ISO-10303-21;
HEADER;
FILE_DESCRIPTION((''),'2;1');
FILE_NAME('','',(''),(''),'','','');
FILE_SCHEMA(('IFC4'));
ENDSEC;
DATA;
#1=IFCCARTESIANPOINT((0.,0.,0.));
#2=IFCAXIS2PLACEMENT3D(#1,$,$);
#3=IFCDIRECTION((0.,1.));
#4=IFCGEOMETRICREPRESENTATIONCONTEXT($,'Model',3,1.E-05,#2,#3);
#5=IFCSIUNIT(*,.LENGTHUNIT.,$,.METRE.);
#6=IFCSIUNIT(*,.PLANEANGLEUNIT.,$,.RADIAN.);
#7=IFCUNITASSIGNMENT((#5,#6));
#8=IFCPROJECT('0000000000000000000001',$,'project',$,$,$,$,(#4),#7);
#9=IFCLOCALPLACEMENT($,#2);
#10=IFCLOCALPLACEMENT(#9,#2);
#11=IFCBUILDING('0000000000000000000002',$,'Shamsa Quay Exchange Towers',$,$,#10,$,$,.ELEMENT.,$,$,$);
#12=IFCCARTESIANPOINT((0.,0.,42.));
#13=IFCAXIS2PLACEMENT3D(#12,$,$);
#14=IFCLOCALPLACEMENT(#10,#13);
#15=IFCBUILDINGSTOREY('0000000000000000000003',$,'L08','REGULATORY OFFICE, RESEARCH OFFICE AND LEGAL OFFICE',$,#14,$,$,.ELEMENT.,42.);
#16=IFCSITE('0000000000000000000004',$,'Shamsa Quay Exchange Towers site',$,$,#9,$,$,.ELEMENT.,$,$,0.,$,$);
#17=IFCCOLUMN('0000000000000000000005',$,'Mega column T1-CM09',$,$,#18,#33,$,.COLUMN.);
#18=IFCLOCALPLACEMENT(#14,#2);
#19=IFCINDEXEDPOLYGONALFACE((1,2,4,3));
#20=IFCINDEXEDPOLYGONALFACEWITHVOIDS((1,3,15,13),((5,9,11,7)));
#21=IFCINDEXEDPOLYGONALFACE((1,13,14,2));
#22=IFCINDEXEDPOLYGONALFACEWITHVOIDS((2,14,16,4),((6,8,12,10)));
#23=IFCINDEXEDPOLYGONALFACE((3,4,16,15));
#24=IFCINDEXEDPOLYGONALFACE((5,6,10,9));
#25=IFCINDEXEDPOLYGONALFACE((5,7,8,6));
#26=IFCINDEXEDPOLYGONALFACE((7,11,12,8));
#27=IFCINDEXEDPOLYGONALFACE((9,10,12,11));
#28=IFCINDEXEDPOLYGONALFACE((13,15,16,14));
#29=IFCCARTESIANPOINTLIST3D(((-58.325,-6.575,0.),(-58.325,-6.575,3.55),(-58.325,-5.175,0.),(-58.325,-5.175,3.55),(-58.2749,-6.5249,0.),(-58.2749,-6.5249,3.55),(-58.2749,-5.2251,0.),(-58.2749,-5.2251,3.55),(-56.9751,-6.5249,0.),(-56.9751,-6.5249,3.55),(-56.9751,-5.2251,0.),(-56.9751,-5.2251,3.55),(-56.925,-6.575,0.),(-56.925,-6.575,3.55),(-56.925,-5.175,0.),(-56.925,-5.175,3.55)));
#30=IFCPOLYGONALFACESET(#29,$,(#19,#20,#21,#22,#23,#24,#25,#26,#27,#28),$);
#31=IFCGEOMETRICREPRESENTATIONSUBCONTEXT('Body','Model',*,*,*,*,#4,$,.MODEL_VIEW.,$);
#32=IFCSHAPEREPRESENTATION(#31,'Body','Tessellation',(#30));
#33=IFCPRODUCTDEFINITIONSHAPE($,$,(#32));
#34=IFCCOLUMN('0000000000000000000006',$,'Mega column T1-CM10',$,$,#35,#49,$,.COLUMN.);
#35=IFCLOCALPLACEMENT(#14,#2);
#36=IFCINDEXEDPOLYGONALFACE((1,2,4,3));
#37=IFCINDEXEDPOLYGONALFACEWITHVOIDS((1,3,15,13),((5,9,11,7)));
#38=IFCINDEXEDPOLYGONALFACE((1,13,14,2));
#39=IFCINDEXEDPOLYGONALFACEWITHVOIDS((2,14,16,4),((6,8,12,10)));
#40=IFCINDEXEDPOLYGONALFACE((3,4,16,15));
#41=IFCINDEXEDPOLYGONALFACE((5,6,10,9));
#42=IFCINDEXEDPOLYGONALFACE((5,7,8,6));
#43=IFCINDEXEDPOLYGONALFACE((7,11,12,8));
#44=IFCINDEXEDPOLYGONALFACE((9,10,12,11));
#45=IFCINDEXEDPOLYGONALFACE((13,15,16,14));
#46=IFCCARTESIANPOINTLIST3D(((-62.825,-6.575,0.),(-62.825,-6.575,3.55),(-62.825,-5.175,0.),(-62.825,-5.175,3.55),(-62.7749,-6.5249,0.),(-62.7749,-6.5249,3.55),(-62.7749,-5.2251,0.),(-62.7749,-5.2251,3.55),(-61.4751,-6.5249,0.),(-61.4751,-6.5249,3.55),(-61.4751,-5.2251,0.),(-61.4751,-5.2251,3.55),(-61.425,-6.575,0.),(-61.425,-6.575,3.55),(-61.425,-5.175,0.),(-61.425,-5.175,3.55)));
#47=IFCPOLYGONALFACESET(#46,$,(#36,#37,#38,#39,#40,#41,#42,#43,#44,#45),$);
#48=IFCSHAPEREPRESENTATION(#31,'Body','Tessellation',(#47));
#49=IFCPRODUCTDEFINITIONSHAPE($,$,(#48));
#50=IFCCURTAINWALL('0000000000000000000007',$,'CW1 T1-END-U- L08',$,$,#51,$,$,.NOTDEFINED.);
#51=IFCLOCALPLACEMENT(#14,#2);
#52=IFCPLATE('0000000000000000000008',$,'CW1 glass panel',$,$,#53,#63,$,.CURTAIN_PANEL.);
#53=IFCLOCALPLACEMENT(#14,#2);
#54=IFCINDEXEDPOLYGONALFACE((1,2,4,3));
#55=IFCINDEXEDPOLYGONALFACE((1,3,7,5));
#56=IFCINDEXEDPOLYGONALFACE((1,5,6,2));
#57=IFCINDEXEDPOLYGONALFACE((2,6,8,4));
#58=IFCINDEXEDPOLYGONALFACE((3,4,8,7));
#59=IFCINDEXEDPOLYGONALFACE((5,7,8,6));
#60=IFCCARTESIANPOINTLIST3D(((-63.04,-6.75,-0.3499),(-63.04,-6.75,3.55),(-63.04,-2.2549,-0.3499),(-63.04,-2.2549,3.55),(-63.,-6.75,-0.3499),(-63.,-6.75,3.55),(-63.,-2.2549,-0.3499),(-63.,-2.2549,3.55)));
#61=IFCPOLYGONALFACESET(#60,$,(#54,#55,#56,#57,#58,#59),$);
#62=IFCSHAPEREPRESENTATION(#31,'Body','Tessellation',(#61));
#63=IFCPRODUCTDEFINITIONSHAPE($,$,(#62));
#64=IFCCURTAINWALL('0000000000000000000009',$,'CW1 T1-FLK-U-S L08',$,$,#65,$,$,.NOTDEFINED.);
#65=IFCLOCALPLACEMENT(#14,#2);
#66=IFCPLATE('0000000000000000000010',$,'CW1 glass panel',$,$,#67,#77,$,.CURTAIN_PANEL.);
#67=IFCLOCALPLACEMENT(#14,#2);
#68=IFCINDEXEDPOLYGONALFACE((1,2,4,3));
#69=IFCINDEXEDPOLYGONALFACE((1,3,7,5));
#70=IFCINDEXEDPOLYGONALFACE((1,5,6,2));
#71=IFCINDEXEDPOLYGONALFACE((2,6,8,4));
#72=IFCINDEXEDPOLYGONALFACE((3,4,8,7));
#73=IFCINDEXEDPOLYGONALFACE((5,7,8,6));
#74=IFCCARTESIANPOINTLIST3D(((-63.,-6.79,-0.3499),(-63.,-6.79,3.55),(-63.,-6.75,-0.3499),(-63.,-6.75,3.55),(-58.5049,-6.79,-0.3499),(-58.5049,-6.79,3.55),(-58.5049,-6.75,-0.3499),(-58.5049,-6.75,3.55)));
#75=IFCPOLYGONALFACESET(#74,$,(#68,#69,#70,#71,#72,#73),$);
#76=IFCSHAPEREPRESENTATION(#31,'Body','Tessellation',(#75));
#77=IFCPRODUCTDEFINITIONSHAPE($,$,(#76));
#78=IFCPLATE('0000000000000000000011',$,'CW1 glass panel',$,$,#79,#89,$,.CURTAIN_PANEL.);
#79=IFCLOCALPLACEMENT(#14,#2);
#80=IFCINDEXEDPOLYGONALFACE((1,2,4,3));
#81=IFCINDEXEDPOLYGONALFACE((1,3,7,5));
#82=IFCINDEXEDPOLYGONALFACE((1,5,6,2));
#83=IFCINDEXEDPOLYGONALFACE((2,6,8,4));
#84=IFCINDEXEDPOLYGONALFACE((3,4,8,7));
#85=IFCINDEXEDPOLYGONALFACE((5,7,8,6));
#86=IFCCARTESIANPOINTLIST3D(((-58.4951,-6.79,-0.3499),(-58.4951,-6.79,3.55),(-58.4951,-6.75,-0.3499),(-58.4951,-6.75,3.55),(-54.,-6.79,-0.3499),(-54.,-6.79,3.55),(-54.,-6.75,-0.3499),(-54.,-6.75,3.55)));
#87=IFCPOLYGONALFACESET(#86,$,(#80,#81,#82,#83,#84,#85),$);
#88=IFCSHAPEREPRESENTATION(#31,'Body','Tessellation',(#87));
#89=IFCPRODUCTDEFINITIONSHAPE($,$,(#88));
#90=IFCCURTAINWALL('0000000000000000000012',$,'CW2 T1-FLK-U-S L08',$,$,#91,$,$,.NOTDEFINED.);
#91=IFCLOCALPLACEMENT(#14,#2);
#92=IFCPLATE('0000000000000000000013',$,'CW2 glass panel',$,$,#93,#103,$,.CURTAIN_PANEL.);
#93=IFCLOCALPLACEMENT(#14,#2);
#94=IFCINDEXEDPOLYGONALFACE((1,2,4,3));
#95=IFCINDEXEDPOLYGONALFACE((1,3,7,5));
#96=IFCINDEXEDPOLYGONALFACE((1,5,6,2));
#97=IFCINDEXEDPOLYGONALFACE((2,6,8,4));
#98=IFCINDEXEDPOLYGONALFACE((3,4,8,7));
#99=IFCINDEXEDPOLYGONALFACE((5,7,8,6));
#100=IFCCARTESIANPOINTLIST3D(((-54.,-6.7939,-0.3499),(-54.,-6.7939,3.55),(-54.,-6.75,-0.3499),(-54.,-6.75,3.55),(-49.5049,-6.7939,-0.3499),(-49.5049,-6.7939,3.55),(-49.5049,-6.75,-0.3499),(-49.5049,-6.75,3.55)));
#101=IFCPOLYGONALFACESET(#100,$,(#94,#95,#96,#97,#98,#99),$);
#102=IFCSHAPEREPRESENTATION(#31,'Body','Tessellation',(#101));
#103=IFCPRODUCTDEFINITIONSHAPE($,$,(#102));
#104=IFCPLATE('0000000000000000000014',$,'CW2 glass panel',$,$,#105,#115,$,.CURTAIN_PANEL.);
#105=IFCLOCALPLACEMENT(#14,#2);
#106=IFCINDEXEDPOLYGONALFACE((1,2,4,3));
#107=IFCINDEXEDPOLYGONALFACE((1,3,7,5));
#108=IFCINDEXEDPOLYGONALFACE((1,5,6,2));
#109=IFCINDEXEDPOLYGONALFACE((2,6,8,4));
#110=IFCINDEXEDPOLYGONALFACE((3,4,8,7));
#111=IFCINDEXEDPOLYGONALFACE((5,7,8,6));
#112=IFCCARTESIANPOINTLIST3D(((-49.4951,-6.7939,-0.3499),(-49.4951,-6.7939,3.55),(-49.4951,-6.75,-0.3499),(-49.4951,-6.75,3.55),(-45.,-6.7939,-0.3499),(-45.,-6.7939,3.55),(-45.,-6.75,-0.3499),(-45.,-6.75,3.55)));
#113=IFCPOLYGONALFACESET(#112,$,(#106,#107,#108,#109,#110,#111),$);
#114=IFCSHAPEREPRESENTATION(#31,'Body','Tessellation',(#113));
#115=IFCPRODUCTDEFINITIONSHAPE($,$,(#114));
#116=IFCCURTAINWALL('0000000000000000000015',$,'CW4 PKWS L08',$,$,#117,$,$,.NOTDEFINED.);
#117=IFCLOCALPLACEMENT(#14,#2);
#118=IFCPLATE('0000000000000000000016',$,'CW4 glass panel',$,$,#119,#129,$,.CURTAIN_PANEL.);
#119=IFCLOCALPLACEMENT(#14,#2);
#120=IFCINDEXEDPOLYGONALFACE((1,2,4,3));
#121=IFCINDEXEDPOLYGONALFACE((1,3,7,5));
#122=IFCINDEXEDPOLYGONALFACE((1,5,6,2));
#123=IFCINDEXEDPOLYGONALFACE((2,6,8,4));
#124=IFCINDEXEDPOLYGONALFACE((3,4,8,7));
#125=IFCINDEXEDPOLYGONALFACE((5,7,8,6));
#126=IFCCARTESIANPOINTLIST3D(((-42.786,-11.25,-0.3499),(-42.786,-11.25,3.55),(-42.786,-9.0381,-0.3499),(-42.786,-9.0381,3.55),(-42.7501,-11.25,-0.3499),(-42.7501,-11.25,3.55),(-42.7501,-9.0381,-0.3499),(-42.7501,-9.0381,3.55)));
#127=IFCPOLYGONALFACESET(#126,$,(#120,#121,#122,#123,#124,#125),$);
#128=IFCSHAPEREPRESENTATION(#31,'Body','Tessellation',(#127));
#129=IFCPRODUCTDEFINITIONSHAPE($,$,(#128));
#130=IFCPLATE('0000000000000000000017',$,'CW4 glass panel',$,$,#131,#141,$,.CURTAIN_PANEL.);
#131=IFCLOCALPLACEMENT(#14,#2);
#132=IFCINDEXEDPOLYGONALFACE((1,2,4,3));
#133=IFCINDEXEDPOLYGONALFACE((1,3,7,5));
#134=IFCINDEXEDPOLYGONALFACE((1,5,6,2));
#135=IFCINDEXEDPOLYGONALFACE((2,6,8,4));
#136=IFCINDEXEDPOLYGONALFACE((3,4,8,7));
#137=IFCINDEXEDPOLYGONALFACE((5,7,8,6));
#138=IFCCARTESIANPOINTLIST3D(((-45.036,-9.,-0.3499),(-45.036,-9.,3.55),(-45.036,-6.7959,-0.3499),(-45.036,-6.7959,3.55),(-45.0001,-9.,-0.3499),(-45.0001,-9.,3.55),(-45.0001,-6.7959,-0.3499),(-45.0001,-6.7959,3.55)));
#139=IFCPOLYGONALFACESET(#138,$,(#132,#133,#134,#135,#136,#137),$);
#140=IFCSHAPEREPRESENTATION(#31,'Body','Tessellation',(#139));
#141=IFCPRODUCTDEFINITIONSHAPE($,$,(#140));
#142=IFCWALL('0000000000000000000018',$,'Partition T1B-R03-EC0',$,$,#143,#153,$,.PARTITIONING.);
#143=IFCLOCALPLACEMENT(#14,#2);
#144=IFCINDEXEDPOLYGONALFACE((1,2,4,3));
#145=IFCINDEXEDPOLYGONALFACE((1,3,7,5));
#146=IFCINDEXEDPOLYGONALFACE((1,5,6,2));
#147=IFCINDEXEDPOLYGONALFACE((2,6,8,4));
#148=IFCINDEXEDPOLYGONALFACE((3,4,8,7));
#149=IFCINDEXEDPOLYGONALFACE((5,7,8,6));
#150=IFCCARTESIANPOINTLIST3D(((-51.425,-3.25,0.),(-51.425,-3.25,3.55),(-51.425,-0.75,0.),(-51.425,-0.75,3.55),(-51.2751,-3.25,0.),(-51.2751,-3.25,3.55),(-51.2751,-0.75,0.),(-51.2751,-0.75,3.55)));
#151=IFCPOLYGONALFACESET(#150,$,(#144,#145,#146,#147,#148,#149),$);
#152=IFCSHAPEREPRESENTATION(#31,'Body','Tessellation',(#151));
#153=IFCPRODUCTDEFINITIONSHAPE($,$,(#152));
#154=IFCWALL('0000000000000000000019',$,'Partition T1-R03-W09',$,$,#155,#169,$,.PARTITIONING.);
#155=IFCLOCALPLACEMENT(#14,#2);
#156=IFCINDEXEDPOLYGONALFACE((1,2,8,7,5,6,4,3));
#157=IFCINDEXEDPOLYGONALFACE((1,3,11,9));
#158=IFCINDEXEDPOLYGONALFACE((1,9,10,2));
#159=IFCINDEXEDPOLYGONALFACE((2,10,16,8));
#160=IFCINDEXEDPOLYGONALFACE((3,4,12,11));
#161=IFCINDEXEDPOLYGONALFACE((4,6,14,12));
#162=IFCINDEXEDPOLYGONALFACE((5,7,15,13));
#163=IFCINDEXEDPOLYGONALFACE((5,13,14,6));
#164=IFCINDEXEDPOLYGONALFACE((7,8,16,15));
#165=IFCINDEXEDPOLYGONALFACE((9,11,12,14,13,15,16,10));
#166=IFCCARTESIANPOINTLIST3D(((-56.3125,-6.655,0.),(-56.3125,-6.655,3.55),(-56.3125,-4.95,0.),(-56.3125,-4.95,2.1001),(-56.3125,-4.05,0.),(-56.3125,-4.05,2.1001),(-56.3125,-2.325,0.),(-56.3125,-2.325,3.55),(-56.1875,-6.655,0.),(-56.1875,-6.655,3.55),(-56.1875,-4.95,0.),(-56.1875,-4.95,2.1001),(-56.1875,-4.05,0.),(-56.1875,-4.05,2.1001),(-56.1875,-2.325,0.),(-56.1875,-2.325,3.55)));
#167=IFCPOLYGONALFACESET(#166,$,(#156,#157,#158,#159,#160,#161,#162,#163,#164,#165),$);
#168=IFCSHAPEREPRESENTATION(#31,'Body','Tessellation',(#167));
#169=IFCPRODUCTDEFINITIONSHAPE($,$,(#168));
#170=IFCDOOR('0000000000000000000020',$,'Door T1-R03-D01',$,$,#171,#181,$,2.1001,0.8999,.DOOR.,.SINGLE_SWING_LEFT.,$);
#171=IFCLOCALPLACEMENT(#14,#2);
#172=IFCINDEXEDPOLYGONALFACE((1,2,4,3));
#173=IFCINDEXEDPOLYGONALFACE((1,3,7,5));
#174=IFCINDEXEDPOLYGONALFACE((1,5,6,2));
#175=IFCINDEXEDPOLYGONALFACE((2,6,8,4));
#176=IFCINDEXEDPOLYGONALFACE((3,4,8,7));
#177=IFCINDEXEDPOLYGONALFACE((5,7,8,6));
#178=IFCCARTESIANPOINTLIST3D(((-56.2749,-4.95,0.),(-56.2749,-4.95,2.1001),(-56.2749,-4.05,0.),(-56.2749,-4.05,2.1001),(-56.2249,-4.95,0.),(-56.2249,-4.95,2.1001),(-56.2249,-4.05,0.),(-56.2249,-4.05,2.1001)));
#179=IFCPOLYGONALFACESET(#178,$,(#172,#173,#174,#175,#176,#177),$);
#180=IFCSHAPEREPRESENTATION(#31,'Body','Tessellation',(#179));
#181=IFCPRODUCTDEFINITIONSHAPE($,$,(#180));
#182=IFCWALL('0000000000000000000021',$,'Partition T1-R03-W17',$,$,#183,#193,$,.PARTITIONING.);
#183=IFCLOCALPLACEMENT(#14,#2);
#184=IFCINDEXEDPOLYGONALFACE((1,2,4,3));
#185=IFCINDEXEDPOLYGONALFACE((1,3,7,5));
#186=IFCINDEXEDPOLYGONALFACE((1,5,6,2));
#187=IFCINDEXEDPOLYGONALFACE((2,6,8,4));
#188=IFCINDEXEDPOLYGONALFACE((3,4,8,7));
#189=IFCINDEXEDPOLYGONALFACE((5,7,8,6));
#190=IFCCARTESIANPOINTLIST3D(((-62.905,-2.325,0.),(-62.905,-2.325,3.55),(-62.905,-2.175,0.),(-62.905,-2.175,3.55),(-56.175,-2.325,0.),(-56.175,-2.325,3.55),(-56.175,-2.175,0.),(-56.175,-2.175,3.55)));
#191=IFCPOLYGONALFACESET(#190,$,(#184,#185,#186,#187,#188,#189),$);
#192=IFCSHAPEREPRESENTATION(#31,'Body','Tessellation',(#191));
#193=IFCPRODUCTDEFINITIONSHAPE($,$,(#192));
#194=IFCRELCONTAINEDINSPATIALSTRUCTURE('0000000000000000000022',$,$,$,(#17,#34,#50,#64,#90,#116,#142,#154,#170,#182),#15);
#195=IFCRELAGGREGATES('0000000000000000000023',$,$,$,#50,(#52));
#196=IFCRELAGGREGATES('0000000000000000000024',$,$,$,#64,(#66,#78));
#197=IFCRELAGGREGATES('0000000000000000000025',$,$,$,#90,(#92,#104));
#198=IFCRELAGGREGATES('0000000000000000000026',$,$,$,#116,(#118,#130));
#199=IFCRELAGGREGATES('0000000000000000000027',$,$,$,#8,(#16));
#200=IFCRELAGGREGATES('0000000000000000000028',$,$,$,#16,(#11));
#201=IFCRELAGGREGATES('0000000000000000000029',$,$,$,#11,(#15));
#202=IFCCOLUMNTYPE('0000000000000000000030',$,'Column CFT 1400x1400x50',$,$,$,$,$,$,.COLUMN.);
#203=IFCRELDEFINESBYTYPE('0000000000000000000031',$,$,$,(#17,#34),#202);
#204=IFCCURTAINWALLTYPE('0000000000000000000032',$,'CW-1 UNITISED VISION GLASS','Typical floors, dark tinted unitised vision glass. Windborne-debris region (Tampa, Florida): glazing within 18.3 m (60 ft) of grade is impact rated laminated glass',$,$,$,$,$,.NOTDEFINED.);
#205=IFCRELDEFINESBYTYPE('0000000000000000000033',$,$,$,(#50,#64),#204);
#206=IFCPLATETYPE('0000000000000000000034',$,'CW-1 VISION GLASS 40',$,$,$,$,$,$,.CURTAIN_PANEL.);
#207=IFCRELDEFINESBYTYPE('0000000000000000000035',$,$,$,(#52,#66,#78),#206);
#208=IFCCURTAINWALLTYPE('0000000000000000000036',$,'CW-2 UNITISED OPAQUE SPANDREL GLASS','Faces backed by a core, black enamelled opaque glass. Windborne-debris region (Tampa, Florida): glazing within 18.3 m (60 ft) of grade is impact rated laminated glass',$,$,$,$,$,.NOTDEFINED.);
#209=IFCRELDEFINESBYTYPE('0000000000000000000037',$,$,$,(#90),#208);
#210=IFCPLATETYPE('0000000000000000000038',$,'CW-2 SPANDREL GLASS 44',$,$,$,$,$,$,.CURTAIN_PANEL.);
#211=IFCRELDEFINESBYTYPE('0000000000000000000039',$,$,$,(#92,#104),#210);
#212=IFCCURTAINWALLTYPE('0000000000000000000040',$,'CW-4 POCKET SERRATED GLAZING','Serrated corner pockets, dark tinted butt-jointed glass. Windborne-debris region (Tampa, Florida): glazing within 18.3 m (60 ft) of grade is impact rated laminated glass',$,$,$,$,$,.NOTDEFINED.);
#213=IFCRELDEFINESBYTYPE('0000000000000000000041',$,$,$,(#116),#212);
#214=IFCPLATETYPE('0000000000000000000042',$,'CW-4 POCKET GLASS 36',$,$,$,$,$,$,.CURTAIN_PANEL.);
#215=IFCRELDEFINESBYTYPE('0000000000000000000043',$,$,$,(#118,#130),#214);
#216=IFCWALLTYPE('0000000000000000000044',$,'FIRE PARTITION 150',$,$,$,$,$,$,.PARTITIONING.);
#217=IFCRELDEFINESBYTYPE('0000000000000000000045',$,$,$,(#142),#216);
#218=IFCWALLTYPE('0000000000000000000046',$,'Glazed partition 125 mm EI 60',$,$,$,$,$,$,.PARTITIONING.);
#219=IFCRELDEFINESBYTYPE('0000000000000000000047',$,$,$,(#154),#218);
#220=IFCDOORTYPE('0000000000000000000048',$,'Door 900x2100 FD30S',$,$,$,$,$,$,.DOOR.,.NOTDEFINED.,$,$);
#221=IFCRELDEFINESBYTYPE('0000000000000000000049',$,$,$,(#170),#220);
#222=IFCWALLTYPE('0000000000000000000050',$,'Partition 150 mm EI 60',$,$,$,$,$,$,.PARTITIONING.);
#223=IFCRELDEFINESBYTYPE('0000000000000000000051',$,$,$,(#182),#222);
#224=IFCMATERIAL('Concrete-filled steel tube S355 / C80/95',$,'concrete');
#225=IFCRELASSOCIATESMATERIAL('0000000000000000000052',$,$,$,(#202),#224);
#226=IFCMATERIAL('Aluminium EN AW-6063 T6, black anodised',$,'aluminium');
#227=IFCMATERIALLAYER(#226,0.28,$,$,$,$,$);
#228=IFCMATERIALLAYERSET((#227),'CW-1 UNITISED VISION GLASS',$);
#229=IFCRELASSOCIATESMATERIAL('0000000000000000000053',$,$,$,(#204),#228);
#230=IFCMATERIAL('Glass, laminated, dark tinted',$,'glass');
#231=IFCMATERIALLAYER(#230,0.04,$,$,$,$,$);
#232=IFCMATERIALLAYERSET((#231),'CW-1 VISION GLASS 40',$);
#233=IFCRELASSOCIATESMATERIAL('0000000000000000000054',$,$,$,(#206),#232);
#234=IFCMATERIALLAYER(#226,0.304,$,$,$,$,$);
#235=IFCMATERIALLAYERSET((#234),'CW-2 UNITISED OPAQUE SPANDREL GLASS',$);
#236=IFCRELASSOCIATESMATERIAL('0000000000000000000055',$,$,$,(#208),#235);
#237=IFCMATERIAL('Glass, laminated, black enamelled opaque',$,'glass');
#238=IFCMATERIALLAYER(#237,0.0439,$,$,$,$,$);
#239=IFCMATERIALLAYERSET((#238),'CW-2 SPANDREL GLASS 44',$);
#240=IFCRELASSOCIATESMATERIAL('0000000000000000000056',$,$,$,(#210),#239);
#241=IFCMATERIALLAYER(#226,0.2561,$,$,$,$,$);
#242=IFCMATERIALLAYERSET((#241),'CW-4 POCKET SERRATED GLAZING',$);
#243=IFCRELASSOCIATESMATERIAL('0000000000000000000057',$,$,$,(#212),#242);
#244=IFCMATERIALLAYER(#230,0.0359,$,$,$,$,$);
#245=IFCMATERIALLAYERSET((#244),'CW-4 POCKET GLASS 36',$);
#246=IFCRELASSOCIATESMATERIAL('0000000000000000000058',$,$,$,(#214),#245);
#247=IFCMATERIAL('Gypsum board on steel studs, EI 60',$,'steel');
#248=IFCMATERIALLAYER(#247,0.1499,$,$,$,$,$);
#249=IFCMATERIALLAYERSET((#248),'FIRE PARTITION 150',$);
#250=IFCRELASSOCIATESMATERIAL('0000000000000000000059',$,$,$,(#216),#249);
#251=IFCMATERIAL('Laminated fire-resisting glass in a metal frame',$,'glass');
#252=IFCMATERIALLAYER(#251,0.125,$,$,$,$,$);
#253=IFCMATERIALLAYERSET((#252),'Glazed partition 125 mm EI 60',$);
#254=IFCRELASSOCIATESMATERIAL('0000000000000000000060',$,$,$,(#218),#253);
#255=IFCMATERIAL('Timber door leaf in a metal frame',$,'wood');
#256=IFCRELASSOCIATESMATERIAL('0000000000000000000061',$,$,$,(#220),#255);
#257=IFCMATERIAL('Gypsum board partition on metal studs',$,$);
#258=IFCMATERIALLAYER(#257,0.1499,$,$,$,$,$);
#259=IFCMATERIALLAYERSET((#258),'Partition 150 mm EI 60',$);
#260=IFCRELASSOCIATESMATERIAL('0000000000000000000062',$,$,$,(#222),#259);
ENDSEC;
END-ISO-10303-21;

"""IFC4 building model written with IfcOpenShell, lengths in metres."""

from ifc_helpers import new_model, si_unit, direction, frame, frame_2d, origin, origin_2d, place, context, subcontext, project, spatial, rectangle, hollow_rectangle, extrude, material, layer, layer_set, material_profile, profile_set, type_object, element, fill, aggregate, save


model = new_model("IFC4")

# Units and contexts
model_context = context("Model", 3, precision=1e-05, world=origin(), true_north=direction((0.0, 1.0)))
body_context = subcontext(model_context, "Body", "Model", "MODEL_VIEW")
ifc_project = project(units=[si_unit("LENGTHUNIT", "METRE"), si_unit("PLANEANGLEUNIT", "RADIAN")], contexts=[model_context])

# Site, building, storey
site_placement = place(None, origin())
site = spatial("IfcSite", under=ifc_project, at=site_placement, Name="Shamsa Quay Exchange Towers site", CompositionType="ELEMENT", RefElevation=0.0)
building_placement = place(site_placement, origin())
building = spatial("IfcBuilding", under=site, at=building_placement, Name="Shamsa Quay Exchange Towers", CompositionType="ELEMENT")
storey_placement = place(building_placement, frame((0.0, 0.0, 42.0)))
storey = spatial("IfcBuildingStorey", under=building, at=storey_placement, Name="L08", Description="REGULATORY OFFICE, RESEARCH OFFICE AND LEGAL OFFICE", CompositionType="ELEMENT", Elevation=42.0)

# Columns
ifc_material_1 = material(Name="Concrete-filled steel tube S355 / C80/95", Category="concrete")
ifc_material_profile = material_profile(ifc_material_1, hollow_rectangle(XDim=1.3999, YDim=1.3999, WallThickness=0.05, at=origin_2d()), Name="CFT 1400x1400x50")
ifc_profile_set = profile_set([ifc_material_profile], Name="Concrete-filled steel tube S355 / C80/95")
column_type = type_object("IfcColumnType", Name="Column CFT 1400x1400x50", PredefinedType="COLUMN", material=ifc_profile_set)
for number, where, name in (
    (1, (-57.625, -5.875, 0.0), "Mega column T1-CM09"),
    (2, (-62.125, -5.875, 0.0), "Mega column T1-CM10"),
):
    element("IfcColumn", number, at=place(storey_placement, frame(where)), inside=storey, type_object=column_type, Name=name, PredefinedType="COLUMN", context=body_context, shape_type="SweptSolid", body=[
        extrude(hollow_rectangle(XDim=1.3999, YDim=1.3999, WallThickness=0.05, at=origin_2d()), origin(), (0.0, 0.0, 1.0), 3.55),
    ])

# Curtain wall, plate
ifc_material_2 = material(Name="Aluminium EN AW-6063 T6, black anodised", Category="aluminium")
ifc_layer_1 = layer(ifc_material_2, 0.28)
ifc_layer_set_1 = layer_set([ifc_layer_1], Name="CW-1 UNITISED VISION GLASS")
curtain_wall_type_1 = type_object("IfcCurtainWallType", Name="CW-1 UNITISED VISION GLASS", Description="Typical floors, dark tinted unitised vision glass. Windborne-debris region (Tampa, Florida): glazing within 18.3 m (60 ft) of grade is impact rated laminated glass", PredefinedType="NOTDEFINED", material=ifc_layer_set_1)
curtain_wall_1_placement = place(storey_placement, origin())
curtain_wall_1 = element("IfcCurtainWall", 3, at=curtain_wall_1_placement, inside=storey, type_object=curtain_wall_type_1, Name="CW1 T1-END-U- L08", PredefinedType="NOTDEFINED")
ifc_material_3 = material(Name="Glass, laminated, dark tinted", Category="glass")
ifc_layer_2 = layer(ifc_material_3, 0.04)
ifc_layer_set_2 = layer_set([ifc_layer_2], Name="CW-1 VISION GLASS 40")
plate_type_1 = type_object("IfcPlateType", Name="CW-1 VISION GLASS 40", PredefinedType="CURTAIN_PANEL", material=ifc_layer_set_2)
plate_1_placement = place(storey_placement, frame((-63.02, -4.5024, -0.3499), z_axis=(0.0, 0.0, 1.0), x_axis=(0.0, -1.0, 0.0)))
plate_1 = element("IfcPlate", 4, at=plate_1_placement, type_object=plate_type_1, Name="CW1 glass panel", PredefinedType="CURTAIN_PANEL", context=body_context, shape_type="SweptSolid", body=[
    extrude(rectangle(XDim=4.4951, YDim=0.04, at=origin_2d()), origin(), (0.0, 0.0, 1.0), 3.8999),
])
aggregate(curtain_wall_1, [plate_1])

# Curtain walls, plates
curtain_wall_2_placement = place(storey_placement, origin())
curtain_wall_2 = element("IfcCurtainWall", 5, at=curtain_wall_2_placement, inside=storey, type_object=curtain_wall_type_1, Name="CW1 T1-FLK-U-S L08", PredefinedType="NOTDEFINED")
plate_2_placement = place(storey_placement, frame((-60.7524, -6.77, -0.3499)))
plate_2 = element("IfcPlate", 6, at=plate_2_placement, type_object=plate_type_1, Name="CW1 glass panel", PredefinedType="CURTAIN_PANEL", context=body_context, shape_type="SweptSolid", body=[
    extrude(rectangle(XDim=4.4951, YDim=0.04, at=origin_2d()), origin(), (0.0, 0.0, 1.0), 3.8999),
])
plate_3_placement = place(storey_placement, frame((-56.2476, -6.77, -0.3499)))
plate_3 = element("IfcPlate", 7, at=plate_3_placement, type_object=plate_type_1, Name="CW1 glass panel", PredefinedType="CURTAIN_PANEL", context=body_context, shape_type="SweptSolid", body=[
    extrude(rectangle(XDim=4.4951, YDim=0.04, at=origin_2d()), origin(), (0.0, 0.0, 1.0), 3.8999),
])
aggregate(curtain_wall_2, [plate_2, plate_3])
ifc_layer_3 = layer(ifc_material_2, 0.304)
ifc_layer_set_3 = layer_set([ifc_layer_3], Name="CW-2 UNITISED OPAQUE SPANDREL GLASS")
curtain_wall_type_2 = type_object("IfcCurtainWallType", Name="CW-2 UNITISED OPAQUE SPANDREL GLASS", Description="Faces backed by a core, black enamelled opaque glass. Windborne-debris region (Tampa, Florida): glazing within 18.3 m (60 ft) of grade is impact rated laminated glass", PredefinedType="NOTDEFINED", material=ifc_layer_set_3)
curtain_wall_3_placement = place(storey_placement, origin())
curtain_wall_3 = element("IfcCurtainWall", 8, at=curtain_wall_3_placement, inside=storey, type_object=curtain_wall_type_2, Name="CW2 T1-FLK-U-S L08", PredefinedType="NOTDEFINED")
ifc_material_4 = material(Name="Glass, laminated, black enamelled opaque", Category="glass")
ifc_layer_4 = layer(ifc_material_4, 0.0439)
ifc_layer_set_4 = layer_set([ifc_layer_4], Name="CW-2 SPANDREL GLASS 44")
plate_type_2 = type_object("IfcPlateType", Name="CW-2 SPANDREL GLASS 44", PredefinedType="CURTAIN_PANEL", material=ifc_layer_set_4)
plate_4_placement = place(storey_placement, frame((-51.7524, -6.772, -0.3499)))
plate_4 = element("IfcPlate", 9, at=plate_4_placement, type_object=plate_type_2, Name="CW2 glass panel", PredefinedType="CURTAIN_PANEL", context=body_context, shape_type="SweptSolid", body=[
    extrude(rectangle(XDim=4.4951, YDim=0.0439, at=origin_2d()), origin(), (0.0, 0.0, 1.0), 3.8999),
])
plate_5_placement = place(storey_placement, frame((-47.2476, -6.772, -0.3499)))
plate_5 = element("IfcPlate", 10, at=plate_5_placement, type_object=plate_type_2, Name="CW2 glass panel", PredefinedType="CURTAIN_PANEL", context=body_context, shape_type="SweptSolid", body=[
    extrude(rectangle(XDim=4.4951, YDim=0.0439, at=origin_2d()), origin(), (0.0, 0.0, 1.0), 3.8999),
])
aggregate(curtain_wall_3, [plate_4, plate_5])
ifc_layer_5 = layer(ifc_material_2, 0.2561)
ifc_layer_set_5 = layer_set([ifc_layer_5], Name="CW-4 POCKET SERRATED GLAZING")
curtain_wall_type_3 = type_object("IfcCurtainWallType", Name="CW-4 POCKET SERRATED GLAZING", Description="Serrated corner pockets, dark tinted butt-jointed glass. Windborne-debris region (Tampa, Florida): glazing within 18.3 m (60 ft) of grade is impact rated laminated glass", PredefinedType="NOTDEFINED", material=ifc_layer_set_5)
curtain_wall_4_placement = place(storey_placement, origin())
curtain_wall_4 = element("IfcCurtainWall", 11, at=curtain_wall_4_placement, inside=storey, type_object=curtain_wall_type_3, Name="CW4 PKWS L08", PredefinedType="NOTDEFINED")
ifc_layer_6 = layer(ifc_material_3, 0.0359)
ifc_layer_set_6 = layer_set([ifc_layer_6], Name="CW-4 POCKET GLASS 36")
plate_type_3 = type_object("IfcPlateType", Name="CW-4 POCKET GLASS 36", PredefinedType="CURTAIN_PANEL", material=ifc_layer_set_6)
plate_6_placement = place(storey_placement, frame((-42.7681, -10.144, -0.3499), z_axis=(0.0, 0.0, 1.0), x_axis=(0.0, -1.0, 0.0)))
plate_6 = element("IfcPlate", 12, at=plate_6_placement, type_object=plate_type_3, Name="CW4 glass panel", PredefinedType="CURTAIN_PANEL", context=body_context, shape_type="SweptSolid", body=[
    extrude(rectangle(XDim=2.2119, YDim=0.0359, at=origin_2d()), origin(), (0.0, 0.0, 1.0), 3.8999),
])
plate_7_placement = place(storey_placement, frame((-45.0181, -7.8979, -0.3499), z_axis=(0.0, 0.0, 1.0), x_axis=(0.0, -1.0, 0.0)))
plate_7 = element("IfcPlate", 13, at=plate_7_placement, type_object=plate_type_3, Name="CW4 glass panel", PredefinedType="CURTAIN_PANEL", context=body_context, shape_type="SweptSolid", body=[
    extrude(rectangle(XDim=2.2041, YDim=0.0359, at=origin_2d()), origin(), (0.0, 0.0, 1.0), 3.8999),
])
aggregate(curtain_wall_4, [plate_6, plate_7])

# Wall
ifc_material_5 = material(Name="Gypsum board on steel studs, EI 60", Category="steel")
ifc_layer_7 = layer(ifc_material_5, 0.1499)
ifc_layer_set_7 = layer_set([ifc_layer_7], Name="FIRE PARTITION 150")
wall_type_1 = type_object("IfcWallType", Name="FIRE PARTITION 150", PredefinedType="PARTITIONING", material=ifc_layer_set_7)
wall_1_placement = place(storey_placement, frame((-51.3501, -3.25, 0.0), z_axis=(0.0, 0.0, 1.0), x_axis=(0.0, 1.0, 0.0)))
element("IfcWall", 14, at=wall_1_placement, inside=storey, type_object=wall_type_1, Name="Partition T1B-R03-EC0", PredefinedType="PARTITIONING", context=body_context, shape_type="SweptSolid", body=[
    extrude(rectangle(XDim=2.5, YDim=0.1499, at=frame_2d((1.25, 0.0))), origin(), (0.0, 0.0, 1.0), 3.55),
])

# Wall, opening, door
ifc_material_6 = material(Name="Laminated fire-resisting glass in a metal frame", Category="glass")
ifc_layer_8 = layer(ifc_material_6, 0.125)
ifc_layer_set_8 = layer_set([ifc_layer_8], Name="Glazed partition 125 mm EI 60")
wall_type_2 = type_object("IfcWallType", Name="Glazed partition 125 mm EI 60", PredefinedType="PARTITIONING", material=ifc_layer_set_8)
wall_2_placement = place(storey_placement, frame((-56.25, -6.655, 0.0), z_axis=(0.0, 0.0, 1.0), x_axis=(0.0, 1.0, 0.0)))
wall_2 = element("IfcWall", 15, at=wall_2_placement, inside=storey, type_object=wall_type_2, Name="Partition T1-R03-W09", PredefinedType="PARTITIONING", context=body_context, shape_type="SweptSolid", body=[
    extrude(rectangle(XDim=4.3301, YDim=0.125, at=frame_2d((2.165, 0.0))), origin(), (0.0, 0.0, 1.0), 3.55),
])
opening_1_placement = place(wall_2_placement, frame((1.7051, 0.0, 0.0)))
opening_1 = element("IfcOpeningElement", 16, at=opening_1_placement, cuts=wall_2, PredefinedType="OPENING", context=body_context, shape_type="SweptSolid", body=[
    extrude(rectangle(XDim=0.8999, YDim=2.1001, at=frame_2d((0.45, 1.05))), frame((0.0, 0.0725, 0.0), z_axis=(0.0, -1.0, 0.0), x_axis=(1.0, 0.0, 0.0)), (0.0, 0.0, 1.0), 0.145),
])
ifc_material_7 = material(Name="Timber door leaf in a metal frame", Category="wood")
door_type_1 = type_object("IfcDoorType", Name="Door 900x2100 FD30S", OperationType="NOTDEFINED", PredefinedType="DOOR", material=ifc_material_7)
door_1_placement = place(opening_1_placement, origin())
door_1 = element("IfcDoor", 17, at=door_1_placement, inside=storey, type_object=door_type_1, Name="Door T1-R03-D01", OperationType="SINGLE_SWING_LEFT", OverallHeight=2.1001, OverallWidth=0.8999, PredefinedType="DOOR", context=body_context, shape_type="SweptSolid", body=[
    extrude(rectangle(XDim=0.8999, YDim=2.1001, at=frame_2d((0.45, 1.05))), frame((0.0, 0.0249, 0.0), z_axis=(0.0, -1.0, 0.0), x_axis=(1.0, 0.0, 0.0)), (0.0, 0.0, 1.0), 0.05),
])
fill(opening_1, door_1)

# Wall
ifc_material_8 = material(Name="Gypsum board partition on metal studs")
ifc_layer_9 = layer(ifc_material_8, 0.1499)
ifc_layer_set_9 = layer_set([ifc_layer_9], Name="Partition 150 mm EI 60")
wall_type_3 = type_object("IfcWallType", Name="Partition 150 mm EI 60", PredefinedType="PARTITIONING", material=ifc_layer_set_9)
wall_3_placement = place(storey_placement, frame((-56.175, -2.25, 0.0), z_axis=(0.0, 0.0, 1.0), x_axis=(-1.0, 0.0, 0.0)))
element("IfcWall", 18, at=wall_3_placement, inside=storey, type_object=wall_type_3, Name="Partition T1-R03-W17", PredefinedType="PARTITIONING", context=body_context, shape_type="SweptSolid", body=[
    extrude(rectangle(XDim=6.73, YDim=0.1499, at=frame_2d((3.365, 0.0))), origin(), (0.0, 0.0, 1.0), 3.55),
])

save(model, "model.ifc")
